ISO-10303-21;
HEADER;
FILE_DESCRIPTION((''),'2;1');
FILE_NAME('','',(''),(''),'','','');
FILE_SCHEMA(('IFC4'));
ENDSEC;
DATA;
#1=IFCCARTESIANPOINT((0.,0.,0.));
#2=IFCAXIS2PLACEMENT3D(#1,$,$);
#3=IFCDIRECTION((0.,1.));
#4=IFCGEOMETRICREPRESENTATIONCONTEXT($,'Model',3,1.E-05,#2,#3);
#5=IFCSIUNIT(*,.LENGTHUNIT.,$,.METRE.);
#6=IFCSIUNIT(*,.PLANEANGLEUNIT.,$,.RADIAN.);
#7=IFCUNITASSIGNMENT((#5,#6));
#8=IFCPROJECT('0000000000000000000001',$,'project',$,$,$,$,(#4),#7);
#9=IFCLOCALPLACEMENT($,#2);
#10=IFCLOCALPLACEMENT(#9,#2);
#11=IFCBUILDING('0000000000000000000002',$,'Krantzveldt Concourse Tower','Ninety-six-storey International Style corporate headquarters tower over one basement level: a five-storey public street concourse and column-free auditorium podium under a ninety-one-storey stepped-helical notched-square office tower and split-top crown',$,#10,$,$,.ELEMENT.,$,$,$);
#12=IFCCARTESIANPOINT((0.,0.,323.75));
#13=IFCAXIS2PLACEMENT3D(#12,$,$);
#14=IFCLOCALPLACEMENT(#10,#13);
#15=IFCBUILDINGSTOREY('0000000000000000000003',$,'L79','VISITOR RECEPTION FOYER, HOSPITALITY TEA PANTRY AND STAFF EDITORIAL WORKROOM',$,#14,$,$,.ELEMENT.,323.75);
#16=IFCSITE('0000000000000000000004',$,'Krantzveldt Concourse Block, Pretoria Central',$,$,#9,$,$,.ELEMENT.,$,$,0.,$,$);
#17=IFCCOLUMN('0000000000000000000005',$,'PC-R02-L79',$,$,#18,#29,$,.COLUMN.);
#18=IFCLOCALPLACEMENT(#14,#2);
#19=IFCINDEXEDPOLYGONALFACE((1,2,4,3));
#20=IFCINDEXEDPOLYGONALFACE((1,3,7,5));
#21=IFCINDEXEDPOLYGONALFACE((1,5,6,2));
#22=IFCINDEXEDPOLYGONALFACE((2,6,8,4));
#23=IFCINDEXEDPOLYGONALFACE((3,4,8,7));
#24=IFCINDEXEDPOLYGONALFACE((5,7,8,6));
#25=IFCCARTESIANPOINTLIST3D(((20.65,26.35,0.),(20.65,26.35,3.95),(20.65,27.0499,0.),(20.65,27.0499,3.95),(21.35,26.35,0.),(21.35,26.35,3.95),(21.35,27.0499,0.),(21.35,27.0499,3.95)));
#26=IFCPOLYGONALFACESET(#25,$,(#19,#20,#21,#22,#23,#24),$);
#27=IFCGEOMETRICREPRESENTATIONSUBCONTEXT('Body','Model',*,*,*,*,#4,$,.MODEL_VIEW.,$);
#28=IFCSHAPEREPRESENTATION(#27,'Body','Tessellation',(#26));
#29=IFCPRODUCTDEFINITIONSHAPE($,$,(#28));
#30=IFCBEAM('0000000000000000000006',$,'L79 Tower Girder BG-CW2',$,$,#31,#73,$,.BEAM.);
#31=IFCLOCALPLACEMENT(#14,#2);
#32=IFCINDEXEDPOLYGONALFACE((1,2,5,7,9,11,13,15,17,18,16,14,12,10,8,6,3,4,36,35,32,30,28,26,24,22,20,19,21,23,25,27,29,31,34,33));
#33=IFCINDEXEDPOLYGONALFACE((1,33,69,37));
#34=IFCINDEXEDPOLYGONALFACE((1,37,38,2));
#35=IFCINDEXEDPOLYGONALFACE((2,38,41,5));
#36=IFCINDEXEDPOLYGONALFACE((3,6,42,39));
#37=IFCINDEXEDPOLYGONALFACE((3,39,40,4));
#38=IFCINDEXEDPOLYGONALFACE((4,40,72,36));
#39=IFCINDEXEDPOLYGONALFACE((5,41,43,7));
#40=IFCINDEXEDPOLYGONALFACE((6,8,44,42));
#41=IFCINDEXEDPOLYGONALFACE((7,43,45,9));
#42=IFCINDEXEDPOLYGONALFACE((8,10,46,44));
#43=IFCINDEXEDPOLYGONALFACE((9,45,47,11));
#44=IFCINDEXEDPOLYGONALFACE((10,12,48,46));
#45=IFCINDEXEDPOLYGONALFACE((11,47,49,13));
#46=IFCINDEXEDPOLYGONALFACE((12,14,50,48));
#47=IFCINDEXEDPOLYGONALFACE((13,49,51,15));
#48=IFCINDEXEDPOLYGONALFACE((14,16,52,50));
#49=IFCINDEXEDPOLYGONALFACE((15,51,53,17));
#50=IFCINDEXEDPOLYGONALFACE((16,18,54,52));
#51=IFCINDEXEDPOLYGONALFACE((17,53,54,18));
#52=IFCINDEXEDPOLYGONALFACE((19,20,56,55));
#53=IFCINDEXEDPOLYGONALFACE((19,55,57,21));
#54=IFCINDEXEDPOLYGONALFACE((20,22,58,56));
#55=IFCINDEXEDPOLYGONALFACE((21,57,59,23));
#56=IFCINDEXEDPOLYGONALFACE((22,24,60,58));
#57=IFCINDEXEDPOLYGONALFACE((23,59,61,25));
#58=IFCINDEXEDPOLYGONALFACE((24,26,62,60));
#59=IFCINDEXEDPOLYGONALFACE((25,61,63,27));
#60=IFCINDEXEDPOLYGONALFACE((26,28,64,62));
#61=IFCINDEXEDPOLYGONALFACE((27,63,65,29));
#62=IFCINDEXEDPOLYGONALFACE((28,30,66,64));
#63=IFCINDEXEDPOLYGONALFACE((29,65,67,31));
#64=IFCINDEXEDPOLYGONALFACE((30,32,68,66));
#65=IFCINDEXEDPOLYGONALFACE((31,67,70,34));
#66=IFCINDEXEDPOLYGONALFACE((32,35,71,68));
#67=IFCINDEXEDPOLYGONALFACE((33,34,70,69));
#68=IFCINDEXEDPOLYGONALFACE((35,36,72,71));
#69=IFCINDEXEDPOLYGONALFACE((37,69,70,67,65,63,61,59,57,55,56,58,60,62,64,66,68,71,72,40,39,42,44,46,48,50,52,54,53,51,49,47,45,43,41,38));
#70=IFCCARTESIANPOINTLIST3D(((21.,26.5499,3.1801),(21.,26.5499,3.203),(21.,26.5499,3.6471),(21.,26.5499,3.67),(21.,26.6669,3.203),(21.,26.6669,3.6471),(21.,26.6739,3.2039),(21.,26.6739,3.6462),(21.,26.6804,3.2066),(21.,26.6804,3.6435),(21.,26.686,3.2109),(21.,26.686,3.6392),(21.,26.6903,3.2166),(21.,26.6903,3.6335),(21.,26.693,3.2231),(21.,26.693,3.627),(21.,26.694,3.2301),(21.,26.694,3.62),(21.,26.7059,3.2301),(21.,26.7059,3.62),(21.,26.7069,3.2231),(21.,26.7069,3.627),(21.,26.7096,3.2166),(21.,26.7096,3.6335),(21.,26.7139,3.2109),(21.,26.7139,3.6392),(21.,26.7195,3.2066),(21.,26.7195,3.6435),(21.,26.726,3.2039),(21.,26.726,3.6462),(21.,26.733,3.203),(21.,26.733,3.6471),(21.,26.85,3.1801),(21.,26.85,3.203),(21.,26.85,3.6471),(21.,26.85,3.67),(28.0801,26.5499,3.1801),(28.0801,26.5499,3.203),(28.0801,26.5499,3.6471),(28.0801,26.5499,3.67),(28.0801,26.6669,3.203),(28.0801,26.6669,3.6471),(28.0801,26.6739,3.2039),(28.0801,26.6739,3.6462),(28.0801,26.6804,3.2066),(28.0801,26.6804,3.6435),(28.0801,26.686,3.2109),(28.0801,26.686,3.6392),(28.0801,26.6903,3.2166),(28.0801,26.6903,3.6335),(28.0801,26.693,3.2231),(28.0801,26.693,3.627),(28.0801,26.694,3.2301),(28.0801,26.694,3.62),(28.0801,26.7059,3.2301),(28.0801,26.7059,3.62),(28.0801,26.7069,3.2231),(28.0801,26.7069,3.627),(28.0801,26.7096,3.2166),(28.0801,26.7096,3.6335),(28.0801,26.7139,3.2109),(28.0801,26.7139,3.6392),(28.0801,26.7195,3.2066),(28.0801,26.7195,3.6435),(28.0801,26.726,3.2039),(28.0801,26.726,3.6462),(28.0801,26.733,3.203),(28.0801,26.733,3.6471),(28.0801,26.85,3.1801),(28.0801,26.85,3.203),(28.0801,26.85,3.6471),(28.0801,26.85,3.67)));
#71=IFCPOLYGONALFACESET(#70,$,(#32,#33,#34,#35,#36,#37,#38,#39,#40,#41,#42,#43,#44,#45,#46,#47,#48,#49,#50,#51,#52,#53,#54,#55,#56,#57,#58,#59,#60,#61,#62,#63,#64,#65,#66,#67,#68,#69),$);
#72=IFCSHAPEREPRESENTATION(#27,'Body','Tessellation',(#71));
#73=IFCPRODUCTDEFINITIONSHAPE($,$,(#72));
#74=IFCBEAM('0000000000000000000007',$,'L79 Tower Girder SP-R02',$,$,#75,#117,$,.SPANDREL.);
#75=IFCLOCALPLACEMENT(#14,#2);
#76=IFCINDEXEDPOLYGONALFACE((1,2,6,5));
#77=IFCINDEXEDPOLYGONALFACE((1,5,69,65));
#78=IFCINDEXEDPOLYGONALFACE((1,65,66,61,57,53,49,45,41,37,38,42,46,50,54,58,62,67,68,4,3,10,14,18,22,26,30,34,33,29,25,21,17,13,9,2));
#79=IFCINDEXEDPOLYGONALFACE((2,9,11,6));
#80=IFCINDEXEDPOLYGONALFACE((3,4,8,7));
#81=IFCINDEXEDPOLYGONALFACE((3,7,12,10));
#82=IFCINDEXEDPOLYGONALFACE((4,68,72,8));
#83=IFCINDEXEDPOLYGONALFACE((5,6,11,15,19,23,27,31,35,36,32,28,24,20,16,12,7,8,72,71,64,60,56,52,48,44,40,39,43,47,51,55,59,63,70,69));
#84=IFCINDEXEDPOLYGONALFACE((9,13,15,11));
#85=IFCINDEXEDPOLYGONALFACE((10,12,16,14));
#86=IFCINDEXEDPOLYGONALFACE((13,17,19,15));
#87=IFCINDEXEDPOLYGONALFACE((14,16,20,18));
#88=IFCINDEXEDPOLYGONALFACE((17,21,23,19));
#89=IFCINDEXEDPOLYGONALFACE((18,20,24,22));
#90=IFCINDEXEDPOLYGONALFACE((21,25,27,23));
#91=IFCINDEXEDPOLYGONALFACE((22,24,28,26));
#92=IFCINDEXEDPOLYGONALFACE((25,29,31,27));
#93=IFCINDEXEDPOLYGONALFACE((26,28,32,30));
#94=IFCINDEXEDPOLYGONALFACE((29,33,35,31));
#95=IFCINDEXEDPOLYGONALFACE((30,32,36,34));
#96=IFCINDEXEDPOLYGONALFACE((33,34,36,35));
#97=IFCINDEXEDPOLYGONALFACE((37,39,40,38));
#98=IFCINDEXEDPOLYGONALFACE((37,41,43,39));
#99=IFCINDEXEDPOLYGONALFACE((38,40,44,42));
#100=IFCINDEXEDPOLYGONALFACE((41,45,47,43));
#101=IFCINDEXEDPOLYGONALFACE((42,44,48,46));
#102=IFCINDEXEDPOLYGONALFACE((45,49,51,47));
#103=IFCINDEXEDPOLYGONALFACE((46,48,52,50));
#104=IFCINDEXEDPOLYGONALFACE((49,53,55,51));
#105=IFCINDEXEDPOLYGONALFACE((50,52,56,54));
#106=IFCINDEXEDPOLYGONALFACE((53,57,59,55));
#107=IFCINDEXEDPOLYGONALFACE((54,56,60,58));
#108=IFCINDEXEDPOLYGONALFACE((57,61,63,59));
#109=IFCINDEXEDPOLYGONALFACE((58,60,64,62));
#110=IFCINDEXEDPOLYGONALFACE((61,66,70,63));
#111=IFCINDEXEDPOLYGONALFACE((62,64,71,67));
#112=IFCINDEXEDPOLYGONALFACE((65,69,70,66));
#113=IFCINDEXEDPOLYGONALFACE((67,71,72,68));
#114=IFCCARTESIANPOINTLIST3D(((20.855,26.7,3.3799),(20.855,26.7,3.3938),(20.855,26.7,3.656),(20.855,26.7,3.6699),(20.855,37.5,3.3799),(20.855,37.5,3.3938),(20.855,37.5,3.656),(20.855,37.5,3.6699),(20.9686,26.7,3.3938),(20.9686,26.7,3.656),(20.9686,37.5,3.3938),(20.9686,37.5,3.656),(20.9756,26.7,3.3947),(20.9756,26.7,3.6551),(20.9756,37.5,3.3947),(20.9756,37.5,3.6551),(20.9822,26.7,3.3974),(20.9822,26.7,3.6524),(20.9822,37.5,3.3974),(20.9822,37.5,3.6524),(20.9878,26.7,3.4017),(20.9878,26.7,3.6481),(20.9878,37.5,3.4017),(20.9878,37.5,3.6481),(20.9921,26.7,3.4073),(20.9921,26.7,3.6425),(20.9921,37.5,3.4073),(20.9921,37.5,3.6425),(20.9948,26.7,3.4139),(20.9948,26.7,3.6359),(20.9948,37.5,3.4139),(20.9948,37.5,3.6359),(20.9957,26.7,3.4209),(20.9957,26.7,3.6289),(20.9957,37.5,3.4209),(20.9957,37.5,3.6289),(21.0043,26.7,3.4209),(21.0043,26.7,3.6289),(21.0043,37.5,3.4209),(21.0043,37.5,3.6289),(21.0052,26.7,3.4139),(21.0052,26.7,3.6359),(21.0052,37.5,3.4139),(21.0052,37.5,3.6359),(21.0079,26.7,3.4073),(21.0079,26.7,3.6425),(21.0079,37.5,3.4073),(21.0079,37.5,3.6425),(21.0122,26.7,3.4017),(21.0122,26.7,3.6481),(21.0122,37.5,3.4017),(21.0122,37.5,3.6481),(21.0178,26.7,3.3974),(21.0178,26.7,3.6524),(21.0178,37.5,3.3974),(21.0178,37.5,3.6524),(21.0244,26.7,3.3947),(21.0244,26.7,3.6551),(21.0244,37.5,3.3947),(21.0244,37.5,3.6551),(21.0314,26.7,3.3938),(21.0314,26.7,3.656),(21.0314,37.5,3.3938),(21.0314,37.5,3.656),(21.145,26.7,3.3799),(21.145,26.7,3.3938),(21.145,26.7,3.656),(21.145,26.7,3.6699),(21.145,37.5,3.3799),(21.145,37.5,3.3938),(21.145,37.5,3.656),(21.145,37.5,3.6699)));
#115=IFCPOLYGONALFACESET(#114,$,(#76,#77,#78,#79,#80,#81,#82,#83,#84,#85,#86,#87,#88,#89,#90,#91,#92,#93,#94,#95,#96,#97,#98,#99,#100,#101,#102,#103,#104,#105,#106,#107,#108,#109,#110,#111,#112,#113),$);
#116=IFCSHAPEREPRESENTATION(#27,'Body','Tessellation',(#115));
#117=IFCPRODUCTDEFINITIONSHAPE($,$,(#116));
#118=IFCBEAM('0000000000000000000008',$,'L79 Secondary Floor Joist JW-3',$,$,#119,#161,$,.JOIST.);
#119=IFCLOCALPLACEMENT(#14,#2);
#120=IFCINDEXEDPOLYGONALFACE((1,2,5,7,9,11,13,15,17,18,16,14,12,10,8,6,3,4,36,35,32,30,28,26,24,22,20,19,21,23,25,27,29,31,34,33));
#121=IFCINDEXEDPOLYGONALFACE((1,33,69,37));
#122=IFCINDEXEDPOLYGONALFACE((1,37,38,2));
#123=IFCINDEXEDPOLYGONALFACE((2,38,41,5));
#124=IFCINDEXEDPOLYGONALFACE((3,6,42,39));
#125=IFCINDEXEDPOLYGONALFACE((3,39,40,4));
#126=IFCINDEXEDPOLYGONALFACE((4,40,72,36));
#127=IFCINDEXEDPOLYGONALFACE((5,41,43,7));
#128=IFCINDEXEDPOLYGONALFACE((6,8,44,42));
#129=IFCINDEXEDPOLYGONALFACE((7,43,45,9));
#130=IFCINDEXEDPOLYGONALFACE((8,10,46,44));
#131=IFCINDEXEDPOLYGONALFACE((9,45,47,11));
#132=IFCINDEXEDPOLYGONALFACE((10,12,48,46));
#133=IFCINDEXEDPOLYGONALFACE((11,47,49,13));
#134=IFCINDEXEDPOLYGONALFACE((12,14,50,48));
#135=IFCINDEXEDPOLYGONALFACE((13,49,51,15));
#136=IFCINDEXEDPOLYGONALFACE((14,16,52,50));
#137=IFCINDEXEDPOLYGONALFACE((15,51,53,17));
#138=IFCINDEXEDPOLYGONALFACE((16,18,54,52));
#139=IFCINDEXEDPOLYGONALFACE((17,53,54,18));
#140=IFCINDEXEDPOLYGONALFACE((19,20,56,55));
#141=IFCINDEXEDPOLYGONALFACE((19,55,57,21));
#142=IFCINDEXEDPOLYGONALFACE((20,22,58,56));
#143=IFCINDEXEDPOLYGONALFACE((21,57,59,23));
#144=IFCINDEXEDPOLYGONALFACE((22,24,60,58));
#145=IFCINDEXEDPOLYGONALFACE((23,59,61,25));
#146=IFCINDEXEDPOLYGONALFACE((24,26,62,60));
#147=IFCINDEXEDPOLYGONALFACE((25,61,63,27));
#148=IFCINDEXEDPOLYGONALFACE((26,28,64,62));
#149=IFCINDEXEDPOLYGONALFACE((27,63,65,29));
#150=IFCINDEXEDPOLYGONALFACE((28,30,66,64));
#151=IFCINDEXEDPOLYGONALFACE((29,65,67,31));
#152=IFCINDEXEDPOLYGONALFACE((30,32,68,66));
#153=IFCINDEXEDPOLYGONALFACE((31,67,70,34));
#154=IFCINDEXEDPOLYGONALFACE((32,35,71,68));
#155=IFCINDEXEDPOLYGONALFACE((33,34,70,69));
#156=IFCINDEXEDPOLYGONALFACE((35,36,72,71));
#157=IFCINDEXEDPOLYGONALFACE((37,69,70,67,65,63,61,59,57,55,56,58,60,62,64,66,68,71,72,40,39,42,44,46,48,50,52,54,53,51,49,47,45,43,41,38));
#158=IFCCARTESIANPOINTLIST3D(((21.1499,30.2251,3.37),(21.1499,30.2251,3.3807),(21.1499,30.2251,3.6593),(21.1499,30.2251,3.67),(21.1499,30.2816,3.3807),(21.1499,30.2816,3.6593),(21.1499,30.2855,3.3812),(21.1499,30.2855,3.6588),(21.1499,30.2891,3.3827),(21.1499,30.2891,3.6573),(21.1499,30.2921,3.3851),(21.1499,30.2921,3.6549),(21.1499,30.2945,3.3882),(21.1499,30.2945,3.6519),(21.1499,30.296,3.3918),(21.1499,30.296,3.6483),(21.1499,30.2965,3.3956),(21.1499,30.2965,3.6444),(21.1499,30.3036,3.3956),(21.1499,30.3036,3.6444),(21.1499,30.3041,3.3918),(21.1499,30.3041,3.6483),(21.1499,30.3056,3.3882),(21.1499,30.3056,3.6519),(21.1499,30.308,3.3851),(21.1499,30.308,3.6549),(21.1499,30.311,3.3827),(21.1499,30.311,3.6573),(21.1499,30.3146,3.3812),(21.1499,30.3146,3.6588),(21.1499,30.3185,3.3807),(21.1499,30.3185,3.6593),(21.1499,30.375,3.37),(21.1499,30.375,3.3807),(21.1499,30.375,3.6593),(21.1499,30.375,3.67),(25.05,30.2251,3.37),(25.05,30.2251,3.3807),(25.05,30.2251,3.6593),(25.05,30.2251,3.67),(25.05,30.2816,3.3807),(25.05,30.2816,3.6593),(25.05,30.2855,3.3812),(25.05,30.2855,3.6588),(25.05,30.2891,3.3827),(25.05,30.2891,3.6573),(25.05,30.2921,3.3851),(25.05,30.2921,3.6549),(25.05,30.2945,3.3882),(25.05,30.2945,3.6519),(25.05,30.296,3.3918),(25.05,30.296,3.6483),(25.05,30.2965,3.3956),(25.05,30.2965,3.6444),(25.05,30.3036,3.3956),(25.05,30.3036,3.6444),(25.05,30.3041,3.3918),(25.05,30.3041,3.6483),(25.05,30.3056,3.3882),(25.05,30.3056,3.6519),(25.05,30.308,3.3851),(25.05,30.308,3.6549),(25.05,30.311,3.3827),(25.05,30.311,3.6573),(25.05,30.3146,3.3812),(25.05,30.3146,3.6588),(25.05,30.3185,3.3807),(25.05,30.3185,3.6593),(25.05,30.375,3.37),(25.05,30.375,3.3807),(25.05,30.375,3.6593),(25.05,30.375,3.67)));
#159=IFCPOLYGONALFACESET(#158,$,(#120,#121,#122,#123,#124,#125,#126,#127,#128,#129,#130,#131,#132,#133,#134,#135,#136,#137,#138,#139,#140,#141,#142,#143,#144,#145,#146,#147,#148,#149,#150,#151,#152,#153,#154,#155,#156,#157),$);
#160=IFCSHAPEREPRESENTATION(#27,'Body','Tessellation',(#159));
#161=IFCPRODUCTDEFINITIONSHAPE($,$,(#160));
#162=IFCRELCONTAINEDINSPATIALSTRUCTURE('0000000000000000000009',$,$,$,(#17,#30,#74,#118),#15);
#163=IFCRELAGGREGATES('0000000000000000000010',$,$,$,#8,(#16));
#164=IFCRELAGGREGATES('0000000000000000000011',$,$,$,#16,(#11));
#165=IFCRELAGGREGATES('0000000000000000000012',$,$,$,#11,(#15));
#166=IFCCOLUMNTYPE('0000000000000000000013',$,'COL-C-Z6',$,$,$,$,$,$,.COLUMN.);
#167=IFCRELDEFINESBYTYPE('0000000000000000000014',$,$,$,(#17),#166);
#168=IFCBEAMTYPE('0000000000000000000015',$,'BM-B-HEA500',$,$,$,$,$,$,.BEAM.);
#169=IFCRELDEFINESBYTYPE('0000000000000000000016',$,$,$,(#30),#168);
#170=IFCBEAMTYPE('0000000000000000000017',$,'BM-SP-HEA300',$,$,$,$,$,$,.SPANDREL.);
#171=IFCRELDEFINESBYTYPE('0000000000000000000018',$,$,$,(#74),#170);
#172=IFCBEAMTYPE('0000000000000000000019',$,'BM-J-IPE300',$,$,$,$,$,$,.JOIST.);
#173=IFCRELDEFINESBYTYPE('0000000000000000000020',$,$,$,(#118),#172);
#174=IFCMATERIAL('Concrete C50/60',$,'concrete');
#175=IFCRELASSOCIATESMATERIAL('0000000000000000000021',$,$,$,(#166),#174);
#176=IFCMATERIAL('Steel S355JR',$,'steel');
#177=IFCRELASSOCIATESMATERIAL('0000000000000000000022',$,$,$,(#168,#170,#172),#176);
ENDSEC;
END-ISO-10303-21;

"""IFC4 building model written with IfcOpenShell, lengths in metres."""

from ifc_helpers import new_model, si_unit, direction, frame, origin, origin_2d, place, context, subcontext, project, spatial, rectangle, i_section, extrude, source, transform, mapped, material, material_profile, profile_set, type_object, type_shapes, element, save


model = new_model("IFC4")

# Units and contexts
model_context = context("Model", 3, precision=1e-05, world=origin(), true_north=direction((0.0, 1.0)))
body_context = subcontext(model_context, "Body", "Model", "MODEL_VIEW")
ifc_project = project(units=[si_unit("LENGTHUNIT", "METRE"), si_unit("PLANEANGLEUNIT", "RADIAN")], contexts=[model_context])

# Site, building, storey
site_placement = place(None, origin())
site = spatial("IfcSite", under=ifc_project, at=site_placement, Name="Krantzveldt Concourse Block, Pretoria Central", CompositionType="ELEMENT", RefElevation=0.0)
building_placement = place(site_placement, origin())
building = spatial("IfcBuilding", under=site, at=building_placement, Name="Krantzveldt Concourse Tower", Description="Ninety-six-storey International Style corporate headquarters tower over one basement level: a five-storey public street concourse and column-free auditorium podium under a ninety-one-storey stepped-helical notched-square office tower and split-top crown", CompositionType="ELEMENT")
storey_placement = place(building_placement, frame((0.0, 0.0, 323.75)))
storey = spatial("IfcBuildingStorey", under=building, at=storey_placement, Name="L79", Description="VISITOR RECEPTION FOYER, HOSPITALITY TEA PANTRY AND STAFF EDITORIAL WORKROOM", CompositionType="ELEMENT", Elevation=323.75)

# Column
ifc_material_1 = material(Name="Concrete C50/60", Category="concrete")
ifc_material_profile_1 = material_profile(ifc_material_1, rectangle(XDim=0.7, YDim=0.7, at=origin_2d()), Name="Concrete C50/60", Category="concrete")
ifc_profile_set_1 = profile_set([ifc_material_profile_1], Name="Concrete C50/60 - RC 700x700")
column_type = type_object("IfcColumnType", Name="COL-C-Z6", PredefinedType="COLUMN", material=ifc_profile_set_1)
shared_shape_1 = source(origin(), body_context, "Body", "SweptSolid", [
    extrude(rectangle(XDim=0.7, YDim=0.7, at=origin_2d()), origin(), (0.0, 0.0, 1.0), 3.95),
])
type_shapes(column_type, [shared_shape_1])
column_placement = place(storey_placement, frame((21.0, 26.7, 0.0), z_axis=(0.0, 0.0, 1.0), x_axis=(1.0, 0.0, 0.0)))
element("IfcColumn", 1, at=column_placement, inside=storey, type_object=column_type, Name="PC-R02-L79", PredefinedType="COLUMN", context=body_context, shape_type="MappedRepresentation", body=[
    mapped(shared_shape_1, transform((0.0, 0.0, 0.0), x_axis=(1.0, 0.0, 0.0), y_axis=(0.0, 1.0, 0.0), z_axis=(0.0, 0.0, 1.0), scale=1.0)),
])

# Beams
ifc_material_2 = material(Name="Steel S355JR", Category="steel")
ifc_material_profile_2 = material_profile(ifc_material_2, i_section(OverallWidth=0.3, OverallDepth=0.49, WebThickness=0.012, FlangeThickness=0.0229, FilletRadius=0.0271, at=origin_2d()), Name="Steel S355JR", Category="steel")
ifc_profile_set_2 = profile_set([ifc_material_profile_2], Name="Steel S355JR - HEA 500")
beam_type_1 = type_object("IfcBeamType", Name="BM-B-HEA500", PredefinedType="BEAM", material=ifc_profile_set_2)
shared_shape_2 = source(origin(), body_context, "Body", "SweptSolid", [
    extrude(i_section(OverallWidth=0.3, OverallDepth=0.49, WebThickness=0.012, FlangeThickness=0.0229, FilletRadius=0.0271, at=origin_2d()), origin(), (0.0, 0.0, 1.0), 7.0801),
])
type_shapes(beam_type_1, [shared_shape_2])
beam_1_placement = place(storey_placement, frame((21.0, 26.7, 3.425), z_axis=(1.0, 0.0, 0.0), x_axis=(0.0, 1.0, 0.0)))
element("IfcBeam", 2, at=beam_1_placement, inside=storey, type_object=beam_type_1, Name="L79 Tower Girder BG-CW2", PredefinedType="BEAM", context=body_context, shape_type="MappedRepresentation", body=[
    mapped(shared_shape_2, transform((0.0, 0.0, 0.0), x_axis=(1.0, 0.0, 0.0), y_axis=(0.0, 1.0, 0.0), z_axis=(0.0, 0.0, 1.0), scale=1.0)),
])
ifc_material_profile_3 = material_profile(ifc_material_2, i_section(OverallWidth=0.29, OverallDepth=0.29, WebThickness=0.0085, FlangeThickness=0.0139, FilletRadius=0.0271, at=origin_2d()), Name="Steel S355JR", Category="steel")
ifc_profile_set_3 = profile_set([ifc_material_profile_3], Name="Steel S355JR - HEA 300")
beam_type_2 = type_object("IfcBeamType", Name="BM-SP-HEA300", PredefinedType="SPANDREL", material=ifc_profile_set_3)
shared_shape_3 = source(origin(), body_context, "Body", "SweptSolid", [
    extrude(i_section(OverallWidth=0.29, OverallDepth=0.29, WebThickness=0.0085, FlangeThickness=0.0139, FilletRadius=0.0271, at=origin_2d()), origin(), (0.0, 0.0, 1.0), 10.8),
])
type_shapes(beam_type_2, [shared_shape_3])
beam_2_placement = place(storey_placement, frame((21.0, 26.7, 3.5249), z_axis=(0.0, 1.0, 0.0), x_axis=(-1.0, 0.0, 0.0)))
element("IfcBeam", 3, at=beam_2_placement, inside=storey, type_object=beam_type_2, Name="L79 Tower Girder SP-R02", PredefinedType="SPANDREL", context=body_context, shape_type="MappedRepresentation", body=[
    mapped(shared_shape_3, transform((0.0, 0.0, 0.0), x_axis=(1.0, 0.0, 0.0), y_axis=(0.0, 1.0, 0.0), z_axis=(0.0, 0.0, 1.0), scale=1.0)),
])
ifc_material_profile_4 = material_profile(ifc_material_2, i_section(OverallWidth=0.1499, OverallDepth=0.3, WebThickness=0.0071, FlangeThickness=0.0107, FilletRadius=0.0149, at=origin_2d()), Name="Steel S355JR", Category="steel")
ifc_profile_set_4 = profile_set([ifc_material_profile_4], Name="Steel S355JR - IPE 300")
beam_type_3 = type_object("IfcBeamType", Name="BM-J-IPE300", PredefinedType="JOIST", material=ifc_profile_set_4)
shared_shape_4 = source(origin(), body_context, "Body", "SweptSolid", [
    extrude(i_section(OverallWidth=0.1499, OverallDepth=0.3, WebThickness=0.0071, FlangeThickness=0.0107, FilletRadius=0.0149, at=origin_2d()), origin(), (0.0, 0.0, 1.0), 3.9001),
])
type_shapes(beam_type_3, [shared_shape_4])
beam_3_placement = place(storey_placement, frame((21.1499, 30.3, 3.52), z_axis=(1.0, 0.0, 0.0), x_axis=(0.0, 1.0, 0.0)))
element("IfcBeam", 4, at=beam_3_placement, inside=storey, type_object=beam_type_3, Name="L79 Secondary Floor Joist JW-3", PredefinedType="JOIST", context=body_context, shape_type="MappedRepresentation", body=[
    mapped(shared_shape_4, transform((0.0, 0.0, 0.0), x_axis=(1.0, 0.0, 0.0), y_axis=(0.0, 1.0, 0.0), z_axis=(0.0, 0.0, 1.0), scale=1.0)),
])

save(model, "model.ifc")
